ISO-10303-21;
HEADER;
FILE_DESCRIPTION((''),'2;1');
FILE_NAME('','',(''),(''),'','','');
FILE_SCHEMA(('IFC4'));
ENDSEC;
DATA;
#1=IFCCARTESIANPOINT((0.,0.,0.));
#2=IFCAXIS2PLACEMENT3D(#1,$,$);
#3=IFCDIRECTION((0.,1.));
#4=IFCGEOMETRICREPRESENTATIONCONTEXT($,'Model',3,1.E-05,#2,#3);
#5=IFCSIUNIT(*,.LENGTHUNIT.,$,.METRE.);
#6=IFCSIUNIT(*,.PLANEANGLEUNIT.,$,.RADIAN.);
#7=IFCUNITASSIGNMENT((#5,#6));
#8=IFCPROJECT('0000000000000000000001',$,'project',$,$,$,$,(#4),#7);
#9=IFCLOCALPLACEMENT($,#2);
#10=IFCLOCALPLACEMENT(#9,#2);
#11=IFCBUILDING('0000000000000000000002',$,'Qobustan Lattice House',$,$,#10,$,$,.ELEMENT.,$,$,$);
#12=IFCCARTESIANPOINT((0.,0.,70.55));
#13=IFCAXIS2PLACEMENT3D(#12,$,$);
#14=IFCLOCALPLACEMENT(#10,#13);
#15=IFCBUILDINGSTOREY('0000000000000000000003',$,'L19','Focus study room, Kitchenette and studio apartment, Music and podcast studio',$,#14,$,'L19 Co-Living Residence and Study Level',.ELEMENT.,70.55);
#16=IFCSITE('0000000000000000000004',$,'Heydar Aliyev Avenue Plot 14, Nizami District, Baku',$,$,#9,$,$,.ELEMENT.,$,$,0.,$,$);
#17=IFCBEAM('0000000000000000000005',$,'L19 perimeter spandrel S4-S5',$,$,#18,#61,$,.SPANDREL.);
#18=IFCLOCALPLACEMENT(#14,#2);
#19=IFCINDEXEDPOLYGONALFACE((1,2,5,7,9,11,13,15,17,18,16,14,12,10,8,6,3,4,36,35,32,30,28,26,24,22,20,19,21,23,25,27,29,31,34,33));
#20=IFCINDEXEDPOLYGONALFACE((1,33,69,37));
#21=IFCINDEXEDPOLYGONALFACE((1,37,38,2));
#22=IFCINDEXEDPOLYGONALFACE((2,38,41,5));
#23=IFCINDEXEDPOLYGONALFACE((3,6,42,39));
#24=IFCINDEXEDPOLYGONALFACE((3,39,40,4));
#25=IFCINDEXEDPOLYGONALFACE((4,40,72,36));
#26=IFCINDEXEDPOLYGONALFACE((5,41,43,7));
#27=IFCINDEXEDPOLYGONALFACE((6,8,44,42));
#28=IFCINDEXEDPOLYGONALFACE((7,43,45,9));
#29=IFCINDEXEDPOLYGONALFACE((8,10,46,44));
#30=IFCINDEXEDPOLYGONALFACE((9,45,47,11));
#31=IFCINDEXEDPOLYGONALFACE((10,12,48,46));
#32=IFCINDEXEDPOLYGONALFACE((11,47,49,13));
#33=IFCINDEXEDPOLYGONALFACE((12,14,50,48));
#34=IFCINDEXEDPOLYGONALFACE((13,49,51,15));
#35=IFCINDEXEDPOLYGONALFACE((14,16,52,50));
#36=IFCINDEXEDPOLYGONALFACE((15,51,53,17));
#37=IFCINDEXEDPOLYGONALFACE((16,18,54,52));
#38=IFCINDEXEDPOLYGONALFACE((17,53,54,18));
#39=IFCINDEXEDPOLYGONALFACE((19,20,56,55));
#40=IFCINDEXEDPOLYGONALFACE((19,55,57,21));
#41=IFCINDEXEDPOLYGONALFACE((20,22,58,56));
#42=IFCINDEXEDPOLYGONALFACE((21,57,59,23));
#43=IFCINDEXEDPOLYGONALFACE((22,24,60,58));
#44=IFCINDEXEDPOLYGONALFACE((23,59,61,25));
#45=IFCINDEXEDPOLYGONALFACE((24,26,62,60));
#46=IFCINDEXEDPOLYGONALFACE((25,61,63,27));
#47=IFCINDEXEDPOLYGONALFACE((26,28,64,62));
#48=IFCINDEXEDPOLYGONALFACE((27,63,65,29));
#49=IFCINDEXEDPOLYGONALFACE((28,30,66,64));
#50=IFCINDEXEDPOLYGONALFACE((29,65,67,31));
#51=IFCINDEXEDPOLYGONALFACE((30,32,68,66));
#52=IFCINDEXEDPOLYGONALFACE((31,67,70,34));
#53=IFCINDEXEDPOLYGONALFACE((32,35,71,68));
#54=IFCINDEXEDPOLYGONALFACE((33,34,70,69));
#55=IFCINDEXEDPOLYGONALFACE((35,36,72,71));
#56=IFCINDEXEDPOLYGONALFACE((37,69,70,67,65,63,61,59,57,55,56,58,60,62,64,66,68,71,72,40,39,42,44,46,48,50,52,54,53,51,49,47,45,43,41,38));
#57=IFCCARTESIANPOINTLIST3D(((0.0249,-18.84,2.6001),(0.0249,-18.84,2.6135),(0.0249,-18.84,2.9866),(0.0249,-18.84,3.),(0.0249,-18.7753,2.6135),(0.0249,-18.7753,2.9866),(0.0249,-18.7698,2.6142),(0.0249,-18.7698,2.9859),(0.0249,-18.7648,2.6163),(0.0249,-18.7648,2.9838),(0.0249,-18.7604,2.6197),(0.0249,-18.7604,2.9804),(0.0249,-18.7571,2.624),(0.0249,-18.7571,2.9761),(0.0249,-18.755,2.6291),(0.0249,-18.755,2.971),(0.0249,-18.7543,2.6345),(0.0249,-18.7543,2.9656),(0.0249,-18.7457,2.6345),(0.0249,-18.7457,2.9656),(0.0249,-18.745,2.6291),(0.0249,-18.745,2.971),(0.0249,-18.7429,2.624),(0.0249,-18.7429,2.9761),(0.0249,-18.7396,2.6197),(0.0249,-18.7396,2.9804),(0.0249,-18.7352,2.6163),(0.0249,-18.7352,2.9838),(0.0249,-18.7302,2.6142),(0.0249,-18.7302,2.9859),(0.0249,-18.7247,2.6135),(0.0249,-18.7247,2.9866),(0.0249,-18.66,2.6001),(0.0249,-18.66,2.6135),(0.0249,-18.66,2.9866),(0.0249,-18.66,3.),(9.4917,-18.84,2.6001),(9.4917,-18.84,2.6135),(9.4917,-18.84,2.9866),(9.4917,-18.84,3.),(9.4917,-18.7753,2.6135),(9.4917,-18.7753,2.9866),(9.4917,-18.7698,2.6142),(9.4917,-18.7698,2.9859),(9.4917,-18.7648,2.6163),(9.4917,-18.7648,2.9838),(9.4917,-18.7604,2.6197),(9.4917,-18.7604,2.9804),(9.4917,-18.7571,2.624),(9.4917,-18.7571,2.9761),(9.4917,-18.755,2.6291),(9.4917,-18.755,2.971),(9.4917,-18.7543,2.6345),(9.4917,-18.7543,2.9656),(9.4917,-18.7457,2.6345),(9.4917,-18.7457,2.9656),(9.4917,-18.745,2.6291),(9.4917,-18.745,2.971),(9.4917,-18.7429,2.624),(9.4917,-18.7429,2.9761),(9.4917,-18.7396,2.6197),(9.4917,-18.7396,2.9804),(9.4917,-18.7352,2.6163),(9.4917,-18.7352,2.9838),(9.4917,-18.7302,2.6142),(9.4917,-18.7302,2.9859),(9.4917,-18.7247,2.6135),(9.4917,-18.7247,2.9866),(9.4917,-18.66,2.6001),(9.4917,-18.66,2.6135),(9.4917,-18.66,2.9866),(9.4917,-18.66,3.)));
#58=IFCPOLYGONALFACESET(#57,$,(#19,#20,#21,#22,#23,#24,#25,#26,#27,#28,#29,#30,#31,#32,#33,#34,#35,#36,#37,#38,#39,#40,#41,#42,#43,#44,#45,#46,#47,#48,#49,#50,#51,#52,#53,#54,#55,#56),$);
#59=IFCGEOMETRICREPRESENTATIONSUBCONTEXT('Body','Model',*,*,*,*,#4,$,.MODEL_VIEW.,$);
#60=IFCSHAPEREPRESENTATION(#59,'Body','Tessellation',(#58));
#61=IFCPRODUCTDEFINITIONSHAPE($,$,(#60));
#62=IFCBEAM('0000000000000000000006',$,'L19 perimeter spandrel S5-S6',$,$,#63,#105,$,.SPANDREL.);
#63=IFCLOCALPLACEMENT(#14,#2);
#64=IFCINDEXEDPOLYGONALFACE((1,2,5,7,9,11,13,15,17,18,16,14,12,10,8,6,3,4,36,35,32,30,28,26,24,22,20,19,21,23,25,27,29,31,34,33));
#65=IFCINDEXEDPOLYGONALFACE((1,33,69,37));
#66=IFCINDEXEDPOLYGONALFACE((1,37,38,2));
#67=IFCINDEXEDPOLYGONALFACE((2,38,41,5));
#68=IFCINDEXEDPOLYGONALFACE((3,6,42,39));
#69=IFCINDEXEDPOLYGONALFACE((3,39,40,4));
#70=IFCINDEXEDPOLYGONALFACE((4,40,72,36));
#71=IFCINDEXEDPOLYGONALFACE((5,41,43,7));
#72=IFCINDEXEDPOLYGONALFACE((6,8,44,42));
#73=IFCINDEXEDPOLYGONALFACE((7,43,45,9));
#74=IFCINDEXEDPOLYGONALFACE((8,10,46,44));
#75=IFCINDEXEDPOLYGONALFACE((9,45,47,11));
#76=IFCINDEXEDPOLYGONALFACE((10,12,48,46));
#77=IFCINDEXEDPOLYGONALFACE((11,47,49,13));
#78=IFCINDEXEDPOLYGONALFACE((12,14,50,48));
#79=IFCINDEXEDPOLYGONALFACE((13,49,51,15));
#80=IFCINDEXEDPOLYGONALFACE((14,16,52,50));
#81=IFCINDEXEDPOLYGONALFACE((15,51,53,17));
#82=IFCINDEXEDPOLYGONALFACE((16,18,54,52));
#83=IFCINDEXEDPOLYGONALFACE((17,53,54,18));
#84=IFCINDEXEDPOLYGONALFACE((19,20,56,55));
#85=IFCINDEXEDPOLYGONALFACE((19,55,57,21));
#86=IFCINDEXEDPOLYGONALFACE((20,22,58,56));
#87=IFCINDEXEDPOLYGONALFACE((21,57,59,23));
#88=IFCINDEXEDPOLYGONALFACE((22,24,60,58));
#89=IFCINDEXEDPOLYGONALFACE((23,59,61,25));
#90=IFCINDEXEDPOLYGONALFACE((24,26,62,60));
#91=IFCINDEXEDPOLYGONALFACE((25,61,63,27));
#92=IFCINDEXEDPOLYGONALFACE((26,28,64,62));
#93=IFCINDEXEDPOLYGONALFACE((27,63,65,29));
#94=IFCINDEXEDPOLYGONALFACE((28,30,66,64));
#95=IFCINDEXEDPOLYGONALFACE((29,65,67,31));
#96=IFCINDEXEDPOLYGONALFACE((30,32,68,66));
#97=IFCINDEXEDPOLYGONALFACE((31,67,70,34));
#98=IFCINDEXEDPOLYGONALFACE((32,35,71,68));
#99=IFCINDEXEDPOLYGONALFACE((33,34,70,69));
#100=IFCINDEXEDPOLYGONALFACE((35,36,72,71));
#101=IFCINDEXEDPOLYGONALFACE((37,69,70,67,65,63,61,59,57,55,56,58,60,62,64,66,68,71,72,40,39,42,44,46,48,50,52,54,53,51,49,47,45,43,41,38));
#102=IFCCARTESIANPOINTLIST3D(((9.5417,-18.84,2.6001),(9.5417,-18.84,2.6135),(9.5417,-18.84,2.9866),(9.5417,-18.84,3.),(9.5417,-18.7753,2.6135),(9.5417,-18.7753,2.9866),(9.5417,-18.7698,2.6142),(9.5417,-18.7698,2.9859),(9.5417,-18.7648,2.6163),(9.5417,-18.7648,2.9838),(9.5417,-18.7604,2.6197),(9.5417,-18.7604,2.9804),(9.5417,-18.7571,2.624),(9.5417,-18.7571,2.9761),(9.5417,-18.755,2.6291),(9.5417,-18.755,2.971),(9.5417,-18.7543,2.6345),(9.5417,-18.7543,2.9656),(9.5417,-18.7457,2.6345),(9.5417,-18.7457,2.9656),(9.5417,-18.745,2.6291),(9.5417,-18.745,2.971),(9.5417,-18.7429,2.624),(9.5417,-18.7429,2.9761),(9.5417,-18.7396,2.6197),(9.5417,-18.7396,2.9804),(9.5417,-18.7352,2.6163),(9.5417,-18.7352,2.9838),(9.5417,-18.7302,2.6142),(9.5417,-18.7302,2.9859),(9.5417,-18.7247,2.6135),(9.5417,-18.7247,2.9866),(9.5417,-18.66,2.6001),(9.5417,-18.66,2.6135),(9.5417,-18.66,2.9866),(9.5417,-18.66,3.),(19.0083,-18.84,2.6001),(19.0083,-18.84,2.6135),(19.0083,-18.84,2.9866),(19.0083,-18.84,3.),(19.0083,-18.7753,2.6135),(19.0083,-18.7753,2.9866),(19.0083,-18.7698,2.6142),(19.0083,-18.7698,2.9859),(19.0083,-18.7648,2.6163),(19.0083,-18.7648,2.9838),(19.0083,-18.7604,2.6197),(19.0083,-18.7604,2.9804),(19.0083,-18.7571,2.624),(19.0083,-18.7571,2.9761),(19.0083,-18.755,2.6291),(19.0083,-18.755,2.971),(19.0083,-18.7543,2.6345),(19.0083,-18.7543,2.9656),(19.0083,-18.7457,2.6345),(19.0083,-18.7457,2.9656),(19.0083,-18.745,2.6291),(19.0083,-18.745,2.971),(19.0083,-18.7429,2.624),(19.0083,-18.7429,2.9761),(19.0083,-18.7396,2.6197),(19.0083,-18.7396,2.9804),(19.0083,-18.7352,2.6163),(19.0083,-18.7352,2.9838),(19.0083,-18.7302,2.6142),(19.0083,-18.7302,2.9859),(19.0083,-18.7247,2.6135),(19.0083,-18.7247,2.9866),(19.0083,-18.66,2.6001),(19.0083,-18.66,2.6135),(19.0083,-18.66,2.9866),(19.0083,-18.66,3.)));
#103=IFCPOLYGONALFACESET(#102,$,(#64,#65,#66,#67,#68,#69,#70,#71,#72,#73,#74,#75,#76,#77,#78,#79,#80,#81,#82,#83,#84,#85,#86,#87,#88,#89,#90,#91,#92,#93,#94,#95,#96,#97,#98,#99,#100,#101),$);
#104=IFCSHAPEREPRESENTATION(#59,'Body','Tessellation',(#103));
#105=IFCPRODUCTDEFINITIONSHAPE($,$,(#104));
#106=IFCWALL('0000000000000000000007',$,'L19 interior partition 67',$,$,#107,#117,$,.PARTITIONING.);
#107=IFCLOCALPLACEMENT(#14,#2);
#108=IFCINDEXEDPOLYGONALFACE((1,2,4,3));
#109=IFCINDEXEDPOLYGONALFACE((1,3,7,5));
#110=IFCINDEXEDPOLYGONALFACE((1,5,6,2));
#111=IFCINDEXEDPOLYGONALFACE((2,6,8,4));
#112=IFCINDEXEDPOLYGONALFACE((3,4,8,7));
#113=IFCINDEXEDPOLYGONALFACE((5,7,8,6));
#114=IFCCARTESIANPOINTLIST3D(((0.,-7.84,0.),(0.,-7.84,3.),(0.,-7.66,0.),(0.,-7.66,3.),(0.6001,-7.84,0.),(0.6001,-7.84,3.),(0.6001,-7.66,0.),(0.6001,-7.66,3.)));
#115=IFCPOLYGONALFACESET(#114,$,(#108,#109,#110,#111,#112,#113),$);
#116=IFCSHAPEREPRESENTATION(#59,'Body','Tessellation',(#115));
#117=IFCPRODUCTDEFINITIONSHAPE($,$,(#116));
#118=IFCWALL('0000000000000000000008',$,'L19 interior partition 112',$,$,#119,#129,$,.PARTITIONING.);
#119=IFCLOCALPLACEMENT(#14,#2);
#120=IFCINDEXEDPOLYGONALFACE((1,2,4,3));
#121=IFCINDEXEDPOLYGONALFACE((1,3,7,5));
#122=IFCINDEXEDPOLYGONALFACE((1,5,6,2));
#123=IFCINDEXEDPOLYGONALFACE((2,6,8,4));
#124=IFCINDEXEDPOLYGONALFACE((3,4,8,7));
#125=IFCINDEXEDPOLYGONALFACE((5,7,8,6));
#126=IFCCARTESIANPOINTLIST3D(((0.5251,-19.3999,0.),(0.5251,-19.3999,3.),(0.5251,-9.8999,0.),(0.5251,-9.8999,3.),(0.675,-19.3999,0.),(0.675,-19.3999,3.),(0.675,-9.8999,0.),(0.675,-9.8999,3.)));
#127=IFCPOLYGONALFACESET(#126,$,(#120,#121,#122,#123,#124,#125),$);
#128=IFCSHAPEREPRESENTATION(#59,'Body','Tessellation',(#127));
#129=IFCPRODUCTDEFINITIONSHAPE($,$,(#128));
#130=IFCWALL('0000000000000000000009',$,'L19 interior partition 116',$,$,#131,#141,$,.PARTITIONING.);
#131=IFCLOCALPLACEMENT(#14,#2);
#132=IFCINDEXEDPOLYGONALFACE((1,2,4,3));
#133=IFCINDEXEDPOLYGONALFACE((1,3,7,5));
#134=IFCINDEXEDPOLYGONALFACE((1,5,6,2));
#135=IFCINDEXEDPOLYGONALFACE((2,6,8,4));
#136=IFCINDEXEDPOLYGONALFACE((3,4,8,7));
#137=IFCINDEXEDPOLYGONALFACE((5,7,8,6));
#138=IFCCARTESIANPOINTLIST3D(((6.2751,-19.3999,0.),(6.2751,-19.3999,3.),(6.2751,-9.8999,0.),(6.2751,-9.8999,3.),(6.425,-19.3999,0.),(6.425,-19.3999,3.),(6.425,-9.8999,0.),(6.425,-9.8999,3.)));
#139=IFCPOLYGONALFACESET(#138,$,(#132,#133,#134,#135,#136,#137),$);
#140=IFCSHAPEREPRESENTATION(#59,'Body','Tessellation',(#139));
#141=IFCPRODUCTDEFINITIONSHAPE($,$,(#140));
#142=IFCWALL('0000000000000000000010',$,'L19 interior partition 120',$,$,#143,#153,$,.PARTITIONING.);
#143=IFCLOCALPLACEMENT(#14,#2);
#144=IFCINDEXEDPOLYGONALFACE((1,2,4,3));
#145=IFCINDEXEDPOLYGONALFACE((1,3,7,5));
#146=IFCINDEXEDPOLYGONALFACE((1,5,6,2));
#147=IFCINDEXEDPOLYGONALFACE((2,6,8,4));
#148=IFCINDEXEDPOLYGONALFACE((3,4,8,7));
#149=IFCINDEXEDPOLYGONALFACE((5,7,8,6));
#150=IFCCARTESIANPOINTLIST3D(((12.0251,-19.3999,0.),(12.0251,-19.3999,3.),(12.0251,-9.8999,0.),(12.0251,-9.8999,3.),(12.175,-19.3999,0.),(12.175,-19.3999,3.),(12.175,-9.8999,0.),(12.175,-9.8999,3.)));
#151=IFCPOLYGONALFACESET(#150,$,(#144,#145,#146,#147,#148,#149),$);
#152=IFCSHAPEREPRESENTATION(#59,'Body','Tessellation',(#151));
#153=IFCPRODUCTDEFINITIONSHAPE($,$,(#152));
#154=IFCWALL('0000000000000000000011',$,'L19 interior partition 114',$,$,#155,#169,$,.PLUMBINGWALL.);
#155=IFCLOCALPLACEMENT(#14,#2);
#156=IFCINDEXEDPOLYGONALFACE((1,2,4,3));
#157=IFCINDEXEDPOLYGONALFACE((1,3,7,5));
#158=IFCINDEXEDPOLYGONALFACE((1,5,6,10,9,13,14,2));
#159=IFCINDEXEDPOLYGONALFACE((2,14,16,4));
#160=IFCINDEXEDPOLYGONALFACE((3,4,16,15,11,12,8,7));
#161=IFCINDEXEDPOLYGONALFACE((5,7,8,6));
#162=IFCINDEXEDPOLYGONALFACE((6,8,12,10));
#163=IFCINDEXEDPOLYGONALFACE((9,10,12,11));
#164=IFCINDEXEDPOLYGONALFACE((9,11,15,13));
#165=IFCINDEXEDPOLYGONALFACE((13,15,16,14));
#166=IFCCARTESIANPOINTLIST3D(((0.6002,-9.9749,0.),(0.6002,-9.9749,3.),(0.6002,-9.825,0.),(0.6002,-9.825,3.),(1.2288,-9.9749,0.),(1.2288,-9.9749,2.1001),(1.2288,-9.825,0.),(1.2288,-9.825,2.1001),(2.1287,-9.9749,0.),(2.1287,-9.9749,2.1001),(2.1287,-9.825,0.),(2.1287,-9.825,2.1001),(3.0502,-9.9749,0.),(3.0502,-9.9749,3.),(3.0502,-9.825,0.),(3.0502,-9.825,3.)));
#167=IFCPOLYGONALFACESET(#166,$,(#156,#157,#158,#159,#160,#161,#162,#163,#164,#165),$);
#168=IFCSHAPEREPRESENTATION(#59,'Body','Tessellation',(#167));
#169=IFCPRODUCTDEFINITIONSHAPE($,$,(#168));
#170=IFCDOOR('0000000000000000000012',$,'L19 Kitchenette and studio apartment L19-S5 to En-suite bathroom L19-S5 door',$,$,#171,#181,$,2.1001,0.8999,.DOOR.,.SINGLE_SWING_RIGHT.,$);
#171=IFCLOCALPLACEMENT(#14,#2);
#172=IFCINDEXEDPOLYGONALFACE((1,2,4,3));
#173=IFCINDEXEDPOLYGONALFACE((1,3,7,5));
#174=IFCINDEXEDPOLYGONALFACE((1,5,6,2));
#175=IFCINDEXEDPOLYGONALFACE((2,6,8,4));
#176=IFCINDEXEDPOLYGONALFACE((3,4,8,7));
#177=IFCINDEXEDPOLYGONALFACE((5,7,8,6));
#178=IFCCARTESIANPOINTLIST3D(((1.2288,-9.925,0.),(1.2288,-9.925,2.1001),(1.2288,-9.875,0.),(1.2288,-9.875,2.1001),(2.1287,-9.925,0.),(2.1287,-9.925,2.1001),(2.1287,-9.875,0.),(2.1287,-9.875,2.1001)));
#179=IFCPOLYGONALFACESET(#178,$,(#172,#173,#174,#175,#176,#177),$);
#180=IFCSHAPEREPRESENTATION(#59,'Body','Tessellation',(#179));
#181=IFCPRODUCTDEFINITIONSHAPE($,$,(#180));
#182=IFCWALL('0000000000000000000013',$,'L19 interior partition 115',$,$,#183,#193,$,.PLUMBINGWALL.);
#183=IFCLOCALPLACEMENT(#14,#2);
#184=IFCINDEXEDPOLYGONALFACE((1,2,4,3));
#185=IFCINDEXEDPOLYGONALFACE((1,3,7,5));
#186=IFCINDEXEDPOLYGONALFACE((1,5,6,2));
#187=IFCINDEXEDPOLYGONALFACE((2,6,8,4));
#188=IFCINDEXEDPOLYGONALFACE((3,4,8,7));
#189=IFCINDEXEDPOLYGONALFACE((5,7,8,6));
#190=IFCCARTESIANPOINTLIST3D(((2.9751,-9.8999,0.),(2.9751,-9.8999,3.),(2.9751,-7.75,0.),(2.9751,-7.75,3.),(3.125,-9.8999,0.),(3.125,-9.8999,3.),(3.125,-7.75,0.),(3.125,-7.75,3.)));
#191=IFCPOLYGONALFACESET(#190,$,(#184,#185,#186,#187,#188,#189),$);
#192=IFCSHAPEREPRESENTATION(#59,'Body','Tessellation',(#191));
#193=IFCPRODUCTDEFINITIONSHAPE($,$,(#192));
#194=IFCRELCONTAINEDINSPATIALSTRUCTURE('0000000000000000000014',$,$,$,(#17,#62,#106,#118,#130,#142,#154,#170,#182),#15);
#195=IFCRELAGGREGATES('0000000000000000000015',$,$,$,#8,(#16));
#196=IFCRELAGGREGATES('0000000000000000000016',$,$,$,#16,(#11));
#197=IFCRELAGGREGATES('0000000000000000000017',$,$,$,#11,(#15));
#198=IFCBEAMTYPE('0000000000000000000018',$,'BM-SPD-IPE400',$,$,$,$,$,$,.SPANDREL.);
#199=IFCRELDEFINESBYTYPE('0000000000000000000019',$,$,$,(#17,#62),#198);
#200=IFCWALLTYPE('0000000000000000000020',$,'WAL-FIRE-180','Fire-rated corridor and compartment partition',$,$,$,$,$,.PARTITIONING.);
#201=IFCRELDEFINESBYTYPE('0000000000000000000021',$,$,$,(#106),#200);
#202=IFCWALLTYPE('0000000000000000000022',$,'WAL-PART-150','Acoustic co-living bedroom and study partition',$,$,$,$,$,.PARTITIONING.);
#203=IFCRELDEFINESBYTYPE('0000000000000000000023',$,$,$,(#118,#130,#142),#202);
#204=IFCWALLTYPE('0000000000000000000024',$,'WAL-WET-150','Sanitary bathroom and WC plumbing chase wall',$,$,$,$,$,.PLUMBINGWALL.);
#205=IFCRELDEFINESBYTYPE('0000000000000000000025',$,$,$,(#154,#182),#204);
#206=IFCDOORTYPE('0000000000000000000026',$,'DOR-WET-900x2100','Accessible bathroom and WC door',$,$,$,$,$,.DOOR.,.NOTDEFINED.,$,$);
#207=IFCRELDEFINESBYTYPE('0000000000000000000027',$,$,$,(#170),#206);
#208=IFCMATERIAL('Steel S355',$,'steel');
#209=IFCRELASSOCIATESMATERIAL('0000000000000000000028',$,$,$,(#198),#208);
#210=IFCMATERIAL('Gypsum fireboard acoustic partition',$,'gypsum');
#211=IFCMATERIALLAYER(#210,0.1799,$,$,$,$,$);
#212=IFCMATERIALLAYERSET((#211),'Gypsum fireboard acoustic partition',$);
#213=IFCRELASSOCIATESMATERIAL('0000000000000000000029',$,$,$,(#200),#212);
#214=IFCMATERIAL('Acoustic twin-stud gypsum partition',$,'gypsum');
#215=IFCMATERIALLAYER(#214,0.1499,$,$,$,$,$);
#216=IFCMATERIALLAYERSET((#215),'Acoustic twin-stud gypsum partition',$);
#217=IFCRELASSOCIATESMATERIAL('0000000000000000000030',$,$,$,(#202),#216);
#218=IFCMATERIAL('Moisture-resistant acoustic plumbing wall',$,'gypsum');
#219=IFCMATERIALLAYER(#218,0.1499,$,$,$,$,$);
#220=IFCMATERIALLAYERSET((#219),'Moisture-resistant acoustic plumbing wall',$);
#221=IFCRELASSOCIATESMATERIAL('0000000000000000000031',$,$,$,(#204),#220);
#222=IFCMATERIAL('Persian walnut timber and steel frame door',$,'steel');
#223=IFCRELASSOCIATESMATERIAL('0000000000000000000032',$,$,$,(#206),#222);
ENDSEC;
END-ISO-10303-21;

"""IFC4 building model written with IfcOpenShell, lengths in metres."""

from ifc_helpers import new_model, si_unit, direction, frame, frame_2d, origin, origin_2d, place, context, subcontext, project, spatial, rectangle, i_section, extrude, material, layer, layer_set, material_profile, profile_set, type_object, element, fill, save


model = new_model("IFC4")

# Units and contexts
model_context = context("Model", 3, precision=1e-05, world=origin(), true_north=direction((0.0, 1.0)))
body_context = subcontext(model_context, "Body", "Model", "MODEL_VIEW")
ifc_project = project(units=[si_unit("LENGTHUNIT", "METRE"), si_unit("PLANEANGLEUNIT", "RADIAN")], contexts=[model_context])

# Site, building, storey
site_placement = place(None, origin())
site = spatial("IfcSite", under=ifc_project, at=site_placement, Name="Heydar Aliyev Avenue Plot 14, Nizami District, Baku", CompositionType="ELEMENT", RefElevation=0.0)
building_placement = place(site_placement, origin())
building = spatial("IfcBuilding", under=site, at=building_placement, Name="Qobustan Lattice House", CompositionType="ELEMENT")
storey_placement = place(building_placement, frame((0.0, 0.0, 70.55)))
storey = spatial("IfcBuildingStorey", under=building, at=storey_placement, Name="L19", Description="Focus study room, Kitchenette and studio apartment, Music and podcast studio", LongName="L19 Co-Living Residence and Study Level", CompositionType="ELEMENT", Elevation=70.55)

# Beams
ifc_material_1 = material(Name="Steel S355", Category="steel")
ifc_material_profile_1 = material_profile(ifc_material_1, i_section(OverallWidth=0.1799, OverallDepth=0.3999, WebThickness=0.0085, FlangeThickness=0.0134, FilletRadius=0.021, at=origin_2d()), Name="IPE400")
ifc_profile_set_1 = profile_set([ifc_material_profile_1], Name="Steel S355")
beam_type_1 = type_object("IfcBeamType", Name="BM-SPD-IPE400", PredefinedType="SPANDREL", material=ifc_profile_set_1)
beam_1_placement = place(storey_placement, frame((0.0249, -18.75, 2.8), z_axis=(1.0, 0.0, 0.0), x_axis=(0.0, 1.0, 0.0)))
element("IfcBeam", 1, at=beam_1_placement, inside=storey, type_object=beam_type_1, Name="L19 perimeter spandrel S4-S5", PredefinedType="SPANDREL", context=body_context, shape_type="SweptSolid", body=[
    extrude(i_section(OverallWidth=0.1799, OverallDepth=0.3999, WebThickness=0.0085, FlangeThickness=0.0134, FilletRadius=0.021, at=origin_2d()), origin(), (0.0, 0.0, 1.0), 9.4668),
])
beam_2_placement = place(storey_placement, frame((9.5417, -18.75, 2.8), z_axis=(1.0, 0.0, 0.0), x_axis=(0.0, 1.0, 0.0)))
element("IfcBeam", 2, at=beam_2_placement, inside=storey, type_object=beam_type_1, Name="L19 perimeter spandrel S5-S6", PredefinedType="SPANDREL", context=body_context, shape_type="SweptSolid", body=[
    extrude(i_section(OverallWidth=0.1799, OverallDepth=0.3999, WebThickness=0.0085, FlangeThickness=0.0134, FilletRadius=0.021, at=origin_2d()), origin(), (0.0, 0.0, 1.0), 9.4666),
])

# Shared definitions
ifc_material_2 = material(Name="Gypsum fireboard acoustic partition", Category="gypsum")
ifc_layer_1 = layer(ifc_material_2, 0.1799)
ifc_layer_set_1 = layer_set([ifc_layer_1], Name="Gypsum fireboard acoustic partition")
wall_type_1 = type_object("IfcWallType", Name="WAL-FIRE-180", Description="Fire-rated corridor and compartment partition", PredefinedType="PARTITIONING", material=ifc_layer_set_1)

# Walls
wall_1_placement = place(storey_placement, frame((0.6001, -7.75, 0.0), z_axis=(0.0, 0.0, 1.0), x_axis=(-1.0, 0.0, 0.0)))
element("IfcWall", 3, at=wall_1_placement, inside=storey, type_object=wall_type_1, Name="L19 interior partition 67", PredefinedType="PARTITIONING", context=body_context, shape_type="SweptSolid", body=[
    extrude(rectangle(XDim=0.6001, YDim=0.1799, at=frame_2d((0.3, 0.0))), origin(), (0.0, 0.0, 1.0), 3.0),
])
ifc_material_3 = material(Name="Acoustic twin-stud gypsum partition", Category="gypsum")
ifc_layer_2 = layer(ifc_material_3, 0.1499)
ifc_layer_set_2 = layer_set([ifc_layer_2], Name="Acoustic twin-stud gypsum partition")
wall_type_2 = type_object("IfcWallType", Name="WAL-PART-150", Description="Acoustic co-living bedroom and study partition", PredefinedType="PARTITIONING", material=ifc_layer_set_2)
for number, where, z_axis, x_axis, name in (
    (4, (0.6001, -9.8999, 0.0), (0.0, 0.0, 1.0), (0.0, -1.0, 0.0), "L19 interior partition 112"),
    (5, (6.3501, -9.8999, 0.0), (0.0, 0.0, 1.0), (0.0, -1.0, 0.0), "L19 interior partition 116"),
    (6, (12.1001, -9.8999, 0.0), (0.0, 0.0, 1.0), (0.0, -1.0, 0.0), "L19 interior partition 120"),
):
    element("IfcWall", number, at=place(storey_placement, frame(where, z_axis=z_axis, x_axis=x_axis)), inside=storey, type_object=wall_type_2, Name=name, PredefinedType="PARTITIONING", context=body_context, shape_type="SweptSolid", body=[
        extrude(rectangle(XDim=9.5, YDim=0.1499, at=frame_2d((4.75, 0.0))), origin(), (0.0, 0.0, 1.0), 3.0),
    ])

# Wall, opening, door
ifc_material_4 = material(Name="Moisture-resistant acoustic plumbing wall", Category="gypsum")
ifc_layer_3 = layer(ifc_material_4, 0.1499)
ifc_layer_set_3 = layer_set([ifc_layer_3], Name="Moisture-resistant acoustic plumbing wall")
wall_type_3 = type_object("IfcWallType", Name="WAL-WET-150", Description="Sanitary bathroom and WC plumbing chase wall", PredefinedType="PLUMBINGWALL", material=ifc_layer_set_3)
wall_2_placement = place(storey_placement, frame((0.6001, -9.8999, 0.0), z_axis=(0.0, 0.0, 1.0), x_axis=(1.0, 0.0, 0.0)))
wall_2 = element("IfcWall", 7, at=wall_2_placement, inside=storey, type_object=wall_type_3, Name="L19 interior partition 114", PredefinedType="PLUMBINGWALL", context=body_context, shape_type="SweptSolid", body=[
    extrude(rectangle(XDim=2.45, YDim=0.1499, at=frame_2d((1.2251, 0.0))), origin(), (0.0, 0.0, 1.0), 3.0),
])
opening_1_placement = place(wall_2_placement, frame((0.6287, 0.0, 0.0)))
opening_1 = element("IfcOpeningElement", 8, at=opening_1_placement, cuts=wall_2, PredefinedType="OPENING", context=body_context, shape_type="SweptSolid", body=[
    extrude(rectangle(XDim=0.8999, YDim=2.1001, at=frame_2d((0.45, 1.05))), frame((0.0, 0.085, 0.0), z_axis=(0.0, -1.0, 0.0), x_axis=(1.0, 0.0, 0.0)), (0.0, 0.0, 1.0), 0.1699),
])
ifc_material_5 = material(Name="Persian walnut timber and steel frame door", Category="steel")
door_type_1 = type_object("IfcDoorType", Name="DOR-WET-900x2100", Description="Accessible bathroom and WC door", OperationType="NOTDEFINED", PredefinedType="DOOR", material=ifc_material_5)
door_1_placement = place(opening_1_placement, origin())
door_1 = element("IfcDoor", 9, at=door_1_placement, inside=storey, type_object=door_type_1, Name="L19 Kitchenette and studio apartment L19-S5 to En-suite bathroom L19-S5 door", OperationType="SINGLE_SWING_RIGHT", OverallHeight=2.1001, OverallWidth=0.8999, PredefinedType="DOOR", context=body_context, shape_type="SweptSolid", body=[
    extrude(rectangle(XDim=0.8999, YDim=2.1001, at=frame_2d((0.45, 1.05))), frame((0.0, 0.0249, 0.0), z_axis=(0.0, -1.0, 0.0), x_axis=(1.0, 0.0, 0.0)), (0.0, 0.0, 1.0), 0.05),
])
fill(opening_1, door_1)

# Wall
wall_3_placement = place(storey_placement, frame((3.05, -9.8999, 0.0), z_axis=(0.0, 0.0, 1.0), x_axis=(0.0, 1.0, 0.0)))
element("IfcWall", 10, at=wall_3_placement, inside=storey, type_object=wall_type_3, Name="L19 interior partition 115", PredefinedType="PLUMBINGWALL", context=body_context, shape_type="SweptSolid", body=[
    extrude(rectangle(XDim=2.1499, YDim=0.1499, at=frame_2d((1.075, 0.0))), origin(), (0.0, 0.0, 1.0), 3.0),
])

save(model, "model.ifc")
